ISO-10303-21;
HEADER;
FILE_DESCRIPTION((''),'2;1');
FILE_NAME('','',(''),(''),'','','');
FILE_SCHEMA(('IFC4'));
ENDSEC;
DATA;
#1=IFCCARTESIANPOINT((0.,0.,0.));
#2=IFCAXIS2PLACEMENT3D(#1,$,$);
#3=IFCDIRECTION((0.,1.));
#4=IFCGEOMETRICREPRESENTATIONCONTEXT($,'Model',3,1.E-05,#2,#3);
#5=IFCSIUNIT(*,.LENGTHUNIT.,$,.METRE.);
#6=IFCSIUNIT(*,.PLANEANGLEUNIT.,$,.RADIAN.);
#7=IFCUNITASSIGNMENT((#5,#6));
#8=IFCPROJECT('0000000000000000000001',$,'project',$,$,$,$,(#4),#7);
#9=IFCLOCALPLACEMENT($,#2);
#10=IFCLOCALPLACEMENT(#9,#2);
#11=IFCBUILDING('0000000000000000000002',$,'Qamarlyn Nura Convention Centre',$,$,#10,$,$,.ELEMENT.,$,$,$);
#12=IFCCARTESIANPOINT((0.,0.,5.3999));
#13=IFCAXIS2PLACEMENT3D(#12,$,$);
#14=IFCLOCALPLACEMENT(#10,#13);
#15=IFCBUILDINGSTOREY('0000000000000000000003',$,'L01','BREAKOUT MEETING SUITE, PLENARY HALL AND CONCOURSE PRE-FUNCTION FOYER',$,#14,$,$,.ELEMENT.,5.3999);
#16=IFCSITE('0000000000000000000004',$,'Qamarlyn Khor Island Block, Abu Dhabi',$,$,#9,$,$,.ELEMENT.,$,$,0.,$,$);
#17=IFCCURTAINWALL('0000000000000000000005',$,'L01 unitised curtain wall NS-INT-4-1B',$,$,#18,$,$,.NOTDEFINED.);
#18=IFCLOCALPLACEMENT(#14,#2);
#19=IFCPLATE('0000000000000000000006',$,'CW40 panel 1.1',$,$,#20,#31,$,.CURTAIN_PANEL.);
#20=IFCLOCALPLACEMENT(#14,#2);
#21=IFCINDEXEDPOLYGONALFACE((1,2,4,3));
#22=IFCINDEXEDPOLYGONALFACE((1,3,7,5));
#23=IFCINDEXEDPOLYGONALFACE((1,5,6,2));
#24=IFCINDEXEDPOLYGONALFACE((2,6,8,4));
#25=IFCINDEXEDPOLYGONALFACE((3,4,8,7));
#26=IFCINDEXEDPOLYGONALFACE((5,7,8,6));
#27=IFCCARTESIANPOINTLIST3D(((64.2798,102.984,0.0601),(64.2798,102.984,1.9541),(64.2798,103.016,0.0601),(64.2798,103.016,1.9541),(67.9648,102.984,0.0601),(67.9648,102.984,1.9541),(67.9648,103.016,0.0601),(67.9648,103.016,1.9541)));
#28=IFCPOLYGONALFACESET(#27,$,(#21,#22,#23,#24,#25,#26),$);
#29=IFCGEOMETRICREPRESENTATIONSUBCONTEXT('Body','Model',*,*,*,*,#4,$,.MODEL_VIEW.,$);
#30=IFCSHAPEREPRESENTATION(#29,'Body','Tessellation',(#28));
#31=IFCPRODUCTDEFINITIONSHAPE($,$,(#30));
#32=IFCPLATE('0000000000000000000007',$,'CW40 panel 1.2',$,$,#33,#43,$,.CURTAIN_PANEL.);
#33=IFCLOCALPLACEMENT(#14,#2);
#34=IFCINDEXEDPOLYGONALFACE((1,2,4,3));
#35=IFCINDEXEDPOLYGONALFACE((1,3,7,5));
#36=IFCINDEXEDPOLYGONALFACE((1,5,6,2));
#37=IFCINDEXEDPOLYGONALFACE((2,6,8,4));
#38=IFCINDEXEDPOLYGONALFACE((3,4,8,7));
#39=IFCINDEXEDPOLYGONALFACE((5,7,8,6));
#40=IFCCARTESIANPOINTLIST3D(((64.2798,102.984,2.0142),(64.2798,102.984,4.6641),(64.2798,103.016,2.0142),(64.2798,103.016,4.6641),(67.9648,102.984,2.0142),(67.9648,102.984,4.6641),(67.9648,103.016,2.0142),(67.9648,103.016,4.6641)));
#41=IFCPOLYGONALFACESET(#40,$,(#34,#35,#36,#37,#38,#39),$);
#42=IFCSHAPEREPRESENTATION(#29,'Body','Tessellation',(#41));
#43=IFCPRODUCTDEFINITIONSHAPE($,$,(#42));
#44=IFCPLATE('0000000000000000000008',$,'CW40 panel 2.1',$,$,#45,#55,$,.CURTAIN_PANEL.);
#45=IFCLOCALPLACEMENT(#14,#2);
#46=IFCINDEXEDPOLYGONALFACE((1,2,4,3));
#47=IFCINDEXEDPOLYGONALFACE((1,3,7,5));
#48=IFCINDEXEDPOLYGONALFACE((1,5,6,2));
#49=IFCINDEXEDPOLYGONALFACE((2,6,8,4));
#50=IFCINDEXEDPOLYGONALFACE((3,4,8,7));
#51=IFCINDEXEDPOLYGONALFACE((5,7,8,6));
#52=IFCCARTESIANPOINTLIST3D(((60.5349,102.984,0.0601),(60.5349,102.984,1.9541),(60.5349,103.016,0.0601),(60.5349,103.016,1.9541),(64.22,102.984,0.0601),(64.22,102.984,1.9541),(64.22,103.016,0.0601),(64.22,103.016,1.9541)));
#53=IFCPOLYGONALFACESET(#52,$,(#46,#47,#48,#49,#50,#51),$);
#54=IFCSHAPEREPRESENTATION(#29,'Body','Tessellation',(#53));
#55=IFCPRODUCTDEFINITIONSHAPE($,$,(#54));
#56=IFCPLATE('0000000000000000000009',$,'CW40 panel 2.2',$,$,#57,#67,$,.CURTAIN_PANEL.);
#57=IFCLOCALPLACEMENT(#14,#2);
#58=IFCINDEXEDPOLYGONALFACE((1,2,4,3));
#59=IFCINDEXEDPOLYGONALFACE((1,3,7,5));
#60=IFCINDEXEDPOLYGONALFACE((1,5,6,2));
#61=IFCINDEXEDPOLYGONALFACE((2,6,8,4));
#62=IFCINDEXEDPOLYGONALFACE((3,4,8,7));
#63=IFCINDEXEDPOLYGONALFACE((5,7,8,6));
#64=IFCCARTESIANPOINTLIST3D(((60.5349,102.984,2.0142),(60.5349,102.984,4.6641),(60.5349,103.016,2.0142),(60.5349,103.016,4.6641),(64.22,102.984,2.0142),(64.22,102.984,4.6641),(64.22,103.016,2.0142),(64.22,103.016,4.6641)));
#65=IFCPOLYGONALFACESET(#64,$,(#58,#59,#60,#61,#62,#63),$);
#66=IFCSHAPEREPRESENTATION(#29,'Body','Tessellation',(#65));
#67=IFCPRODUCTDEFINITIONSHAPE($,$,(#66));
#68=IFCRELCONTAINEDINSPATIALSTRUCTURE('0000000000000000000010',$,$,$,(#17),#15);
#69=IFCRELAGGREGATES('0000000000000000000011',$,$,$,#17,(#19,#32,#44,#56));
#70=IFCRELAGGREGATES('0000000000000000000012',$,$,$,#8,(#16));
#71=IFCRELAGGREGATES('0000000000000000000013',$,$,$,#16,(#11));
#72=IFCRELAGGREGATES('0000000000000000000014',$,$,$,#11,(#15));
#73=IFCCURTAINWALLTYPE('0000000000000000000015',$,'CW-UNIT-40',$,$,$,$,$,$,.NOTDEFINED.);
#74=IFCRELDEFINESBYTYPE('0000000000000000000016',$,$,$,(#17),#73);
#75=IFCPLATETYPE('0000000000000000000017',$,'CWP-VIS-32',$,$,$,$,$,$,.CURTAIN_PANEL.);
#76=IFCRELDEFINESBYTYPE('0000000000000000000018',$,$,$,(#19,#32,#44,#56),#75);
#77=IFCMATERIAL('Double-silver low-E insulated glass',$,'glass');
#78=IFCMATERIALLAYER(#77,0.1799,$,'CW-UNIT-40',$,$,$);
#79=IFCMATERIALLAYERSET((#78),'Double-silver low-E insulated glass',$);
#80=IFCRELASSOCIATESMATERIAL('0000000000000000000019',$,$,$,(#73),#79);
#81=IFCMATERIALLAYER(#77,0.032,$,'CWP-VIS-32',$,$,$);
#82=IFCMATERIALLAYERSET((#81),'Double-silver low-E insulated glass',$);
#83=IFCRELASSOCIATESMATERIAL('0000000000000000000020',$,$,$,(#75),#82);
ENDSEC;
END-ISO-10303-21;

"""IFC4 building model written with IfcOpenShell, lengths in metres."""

from ifc_helpers import new_model, si_unit, direction, frame, origin, origin_2d, place, context, subcontext, project, spatial, rectangle, extrude, material, layer, layer_set, type_object, element, aggregate, save


model = new_model("IFC4")

# Units and contexts
model_context = context("Model", 3, precision=1e-05, world=origin(), true_north=direction((0.0, 1.0)))
body_context = subcontext(model_context, "Body", "Model", "MODEL_VIEW")
ifc_project = project(units=[si_unit("LENGTHUNIT", "METRE"), si_unit("PLANEANGLEUNIT", "RADIAN")], contexts=[model_context])

# Site, building, storey
site_placement = place(None, origin())
site = spatial("IfcSite", under=ifc_project, at=site_placement, Name="Qamarlyn Khor Island Block, Abu Dhabi", CompositionType="ELEMENT", RefElevation=0.0)
building_placement = place(site_placement, origin())
building = spatial("IfcBuilding", under=site, at=building_placement, Name="Qamarlyn Nura Convention Centre", CompositionType="ELEMENT")
storey_placement = place(building_placement, frame((0.0, 0.0, 5.3999)))
storey = spatial("IfcBuildingStorey", under=building, at=storey_placement, Name="L01", Description="BREAKOUT MEETING SUITE, PLENARY HALL AND CONCOURSE PRE-FUNCTION FOYER", CompositionType="ELEMENT", Elevation=5.3999)

# Curtain wall
ifc_material_1 = material(Name="Double-silver low-E insulated glass", Category="glass")
ifc_layer_1 = layer(ifc_material_1, 0.1799, Name="CW-UNIT-40")
ifc_layer_set_1 = layer_set([ifc_layer_1], Name="Double-silver low-E insulated glass")
curtain_wall_type_1 = type_object("IfcCurtainWallType", Name="CW-UNIT-40", PredefinedType="NOTDEFINED", material=ifc_layer_set_1)
curtain_wall_1_placement = place(storey_placement, origin())
curtain_wall_1 = element("IfcCurtainWall", 1, at=curtain_wall_1_placement, inside=storey, type_object=curtain_wall_type_1, Name="L01 unitised curtain wall NS-INT-4-1B", PredefinedType="NOTDEFINED")

# Plates
ifc_layer_2 = layer(ifc_material_1, 0.032, Name="CWP-VIS-32")
ifc_layer_set_2 = layer_set([ifc_layer_2], Name="Double-silver low-E insulated glass")
plate_type_1 = type_object("IfcPlateType", Name="CWP-VIS-32", PredefinedType="CURTAIN_PANEL", material=ifc_layer_set_2)
plate_1_placement = place(storey_placement, frame((66.1223, 103.0, 0.0601), z_axis=(0.0, 0.0, 1.0), x_axis=(-1.0, 0.0, 0.0)))
plate_1 = element("IfcPlate", 2, at=plate_1_placement, type_object=plate_type_1, Name="CW40 panel 1.1", PredefinedType="CURTAIN_PANEL", context=body_context, shape_type="SweptSolid", body=[
    extrude(rectangle(XDim=3.6851, YDim=0.032, at=origin_2d()), origin(), (0.0, 0.0, 1.0), 1.894),
])
plate_2_placement = place(storey_placement, frame((66.1223, 103.0, 2.0142), z_axis=(0.0, 0.0, 1.0), x_axis=(-1.0, 0.0, 0.0)))
plate_2 = element("IfcPlate", 3, at=plate_2_placement, type_object=plate_type_1, Name="CW40 panel 1.2", PredefinedType="CURTAIN_PANEL", context=body_context, shape_type="SweptSolid", body=[
    extrude(rectangle(XDim=3.6851, YDim=0.032, at=origin_2d()), origin(), (0.0, 0.0, 1.0), 2.6499),
])
plate_3_placement = place(storey_placement, frame((62.3774, 103.0, 0.0601), z_axis=(0.0, 0.0, 1.0), x_axis=(-1.0, 0.0, 0.0)))
plate_3 = element("IfcPlate", 4, at=plate_3_placement, type_object=plate_type_1, Name="CW40 panel 2.1", PredefinedType="CURTAIN_PANEL", context=body_context, shape_type="SweptSolid", body=[
    extrude(rectangle(XDim=3.6851, YDim=0.032, at=origin_2d()), origin(), (0.0, 0.0, 1.0), 1.894),
])
plate_4_placement = place(storey_placement, frame((62.3774, 103.0, 2.0142), z_axis=(0.0, 0.0, 1.0), x_axis=(-1.0, 0.0, 0.0)))
plate_4 = element("IfcPlate", 5, at=plate_4_placement, type_object=plate_type_1, Name="CW40 panel 2.2", PredefinedType="CURTAIN_PANEL", context=body_context, shape_type="SweptSolid", body=[
    extrude(rectangle(XDim=3.6851, YDim=0.032, at=origin_2d()), origin(), (0.0, 0.0, 1.0), 2.6499),
])
aggregate(curtain_wall_1, [plate_1, plate_2, plate_3, plate_4])

save(model, "model.ifc")
